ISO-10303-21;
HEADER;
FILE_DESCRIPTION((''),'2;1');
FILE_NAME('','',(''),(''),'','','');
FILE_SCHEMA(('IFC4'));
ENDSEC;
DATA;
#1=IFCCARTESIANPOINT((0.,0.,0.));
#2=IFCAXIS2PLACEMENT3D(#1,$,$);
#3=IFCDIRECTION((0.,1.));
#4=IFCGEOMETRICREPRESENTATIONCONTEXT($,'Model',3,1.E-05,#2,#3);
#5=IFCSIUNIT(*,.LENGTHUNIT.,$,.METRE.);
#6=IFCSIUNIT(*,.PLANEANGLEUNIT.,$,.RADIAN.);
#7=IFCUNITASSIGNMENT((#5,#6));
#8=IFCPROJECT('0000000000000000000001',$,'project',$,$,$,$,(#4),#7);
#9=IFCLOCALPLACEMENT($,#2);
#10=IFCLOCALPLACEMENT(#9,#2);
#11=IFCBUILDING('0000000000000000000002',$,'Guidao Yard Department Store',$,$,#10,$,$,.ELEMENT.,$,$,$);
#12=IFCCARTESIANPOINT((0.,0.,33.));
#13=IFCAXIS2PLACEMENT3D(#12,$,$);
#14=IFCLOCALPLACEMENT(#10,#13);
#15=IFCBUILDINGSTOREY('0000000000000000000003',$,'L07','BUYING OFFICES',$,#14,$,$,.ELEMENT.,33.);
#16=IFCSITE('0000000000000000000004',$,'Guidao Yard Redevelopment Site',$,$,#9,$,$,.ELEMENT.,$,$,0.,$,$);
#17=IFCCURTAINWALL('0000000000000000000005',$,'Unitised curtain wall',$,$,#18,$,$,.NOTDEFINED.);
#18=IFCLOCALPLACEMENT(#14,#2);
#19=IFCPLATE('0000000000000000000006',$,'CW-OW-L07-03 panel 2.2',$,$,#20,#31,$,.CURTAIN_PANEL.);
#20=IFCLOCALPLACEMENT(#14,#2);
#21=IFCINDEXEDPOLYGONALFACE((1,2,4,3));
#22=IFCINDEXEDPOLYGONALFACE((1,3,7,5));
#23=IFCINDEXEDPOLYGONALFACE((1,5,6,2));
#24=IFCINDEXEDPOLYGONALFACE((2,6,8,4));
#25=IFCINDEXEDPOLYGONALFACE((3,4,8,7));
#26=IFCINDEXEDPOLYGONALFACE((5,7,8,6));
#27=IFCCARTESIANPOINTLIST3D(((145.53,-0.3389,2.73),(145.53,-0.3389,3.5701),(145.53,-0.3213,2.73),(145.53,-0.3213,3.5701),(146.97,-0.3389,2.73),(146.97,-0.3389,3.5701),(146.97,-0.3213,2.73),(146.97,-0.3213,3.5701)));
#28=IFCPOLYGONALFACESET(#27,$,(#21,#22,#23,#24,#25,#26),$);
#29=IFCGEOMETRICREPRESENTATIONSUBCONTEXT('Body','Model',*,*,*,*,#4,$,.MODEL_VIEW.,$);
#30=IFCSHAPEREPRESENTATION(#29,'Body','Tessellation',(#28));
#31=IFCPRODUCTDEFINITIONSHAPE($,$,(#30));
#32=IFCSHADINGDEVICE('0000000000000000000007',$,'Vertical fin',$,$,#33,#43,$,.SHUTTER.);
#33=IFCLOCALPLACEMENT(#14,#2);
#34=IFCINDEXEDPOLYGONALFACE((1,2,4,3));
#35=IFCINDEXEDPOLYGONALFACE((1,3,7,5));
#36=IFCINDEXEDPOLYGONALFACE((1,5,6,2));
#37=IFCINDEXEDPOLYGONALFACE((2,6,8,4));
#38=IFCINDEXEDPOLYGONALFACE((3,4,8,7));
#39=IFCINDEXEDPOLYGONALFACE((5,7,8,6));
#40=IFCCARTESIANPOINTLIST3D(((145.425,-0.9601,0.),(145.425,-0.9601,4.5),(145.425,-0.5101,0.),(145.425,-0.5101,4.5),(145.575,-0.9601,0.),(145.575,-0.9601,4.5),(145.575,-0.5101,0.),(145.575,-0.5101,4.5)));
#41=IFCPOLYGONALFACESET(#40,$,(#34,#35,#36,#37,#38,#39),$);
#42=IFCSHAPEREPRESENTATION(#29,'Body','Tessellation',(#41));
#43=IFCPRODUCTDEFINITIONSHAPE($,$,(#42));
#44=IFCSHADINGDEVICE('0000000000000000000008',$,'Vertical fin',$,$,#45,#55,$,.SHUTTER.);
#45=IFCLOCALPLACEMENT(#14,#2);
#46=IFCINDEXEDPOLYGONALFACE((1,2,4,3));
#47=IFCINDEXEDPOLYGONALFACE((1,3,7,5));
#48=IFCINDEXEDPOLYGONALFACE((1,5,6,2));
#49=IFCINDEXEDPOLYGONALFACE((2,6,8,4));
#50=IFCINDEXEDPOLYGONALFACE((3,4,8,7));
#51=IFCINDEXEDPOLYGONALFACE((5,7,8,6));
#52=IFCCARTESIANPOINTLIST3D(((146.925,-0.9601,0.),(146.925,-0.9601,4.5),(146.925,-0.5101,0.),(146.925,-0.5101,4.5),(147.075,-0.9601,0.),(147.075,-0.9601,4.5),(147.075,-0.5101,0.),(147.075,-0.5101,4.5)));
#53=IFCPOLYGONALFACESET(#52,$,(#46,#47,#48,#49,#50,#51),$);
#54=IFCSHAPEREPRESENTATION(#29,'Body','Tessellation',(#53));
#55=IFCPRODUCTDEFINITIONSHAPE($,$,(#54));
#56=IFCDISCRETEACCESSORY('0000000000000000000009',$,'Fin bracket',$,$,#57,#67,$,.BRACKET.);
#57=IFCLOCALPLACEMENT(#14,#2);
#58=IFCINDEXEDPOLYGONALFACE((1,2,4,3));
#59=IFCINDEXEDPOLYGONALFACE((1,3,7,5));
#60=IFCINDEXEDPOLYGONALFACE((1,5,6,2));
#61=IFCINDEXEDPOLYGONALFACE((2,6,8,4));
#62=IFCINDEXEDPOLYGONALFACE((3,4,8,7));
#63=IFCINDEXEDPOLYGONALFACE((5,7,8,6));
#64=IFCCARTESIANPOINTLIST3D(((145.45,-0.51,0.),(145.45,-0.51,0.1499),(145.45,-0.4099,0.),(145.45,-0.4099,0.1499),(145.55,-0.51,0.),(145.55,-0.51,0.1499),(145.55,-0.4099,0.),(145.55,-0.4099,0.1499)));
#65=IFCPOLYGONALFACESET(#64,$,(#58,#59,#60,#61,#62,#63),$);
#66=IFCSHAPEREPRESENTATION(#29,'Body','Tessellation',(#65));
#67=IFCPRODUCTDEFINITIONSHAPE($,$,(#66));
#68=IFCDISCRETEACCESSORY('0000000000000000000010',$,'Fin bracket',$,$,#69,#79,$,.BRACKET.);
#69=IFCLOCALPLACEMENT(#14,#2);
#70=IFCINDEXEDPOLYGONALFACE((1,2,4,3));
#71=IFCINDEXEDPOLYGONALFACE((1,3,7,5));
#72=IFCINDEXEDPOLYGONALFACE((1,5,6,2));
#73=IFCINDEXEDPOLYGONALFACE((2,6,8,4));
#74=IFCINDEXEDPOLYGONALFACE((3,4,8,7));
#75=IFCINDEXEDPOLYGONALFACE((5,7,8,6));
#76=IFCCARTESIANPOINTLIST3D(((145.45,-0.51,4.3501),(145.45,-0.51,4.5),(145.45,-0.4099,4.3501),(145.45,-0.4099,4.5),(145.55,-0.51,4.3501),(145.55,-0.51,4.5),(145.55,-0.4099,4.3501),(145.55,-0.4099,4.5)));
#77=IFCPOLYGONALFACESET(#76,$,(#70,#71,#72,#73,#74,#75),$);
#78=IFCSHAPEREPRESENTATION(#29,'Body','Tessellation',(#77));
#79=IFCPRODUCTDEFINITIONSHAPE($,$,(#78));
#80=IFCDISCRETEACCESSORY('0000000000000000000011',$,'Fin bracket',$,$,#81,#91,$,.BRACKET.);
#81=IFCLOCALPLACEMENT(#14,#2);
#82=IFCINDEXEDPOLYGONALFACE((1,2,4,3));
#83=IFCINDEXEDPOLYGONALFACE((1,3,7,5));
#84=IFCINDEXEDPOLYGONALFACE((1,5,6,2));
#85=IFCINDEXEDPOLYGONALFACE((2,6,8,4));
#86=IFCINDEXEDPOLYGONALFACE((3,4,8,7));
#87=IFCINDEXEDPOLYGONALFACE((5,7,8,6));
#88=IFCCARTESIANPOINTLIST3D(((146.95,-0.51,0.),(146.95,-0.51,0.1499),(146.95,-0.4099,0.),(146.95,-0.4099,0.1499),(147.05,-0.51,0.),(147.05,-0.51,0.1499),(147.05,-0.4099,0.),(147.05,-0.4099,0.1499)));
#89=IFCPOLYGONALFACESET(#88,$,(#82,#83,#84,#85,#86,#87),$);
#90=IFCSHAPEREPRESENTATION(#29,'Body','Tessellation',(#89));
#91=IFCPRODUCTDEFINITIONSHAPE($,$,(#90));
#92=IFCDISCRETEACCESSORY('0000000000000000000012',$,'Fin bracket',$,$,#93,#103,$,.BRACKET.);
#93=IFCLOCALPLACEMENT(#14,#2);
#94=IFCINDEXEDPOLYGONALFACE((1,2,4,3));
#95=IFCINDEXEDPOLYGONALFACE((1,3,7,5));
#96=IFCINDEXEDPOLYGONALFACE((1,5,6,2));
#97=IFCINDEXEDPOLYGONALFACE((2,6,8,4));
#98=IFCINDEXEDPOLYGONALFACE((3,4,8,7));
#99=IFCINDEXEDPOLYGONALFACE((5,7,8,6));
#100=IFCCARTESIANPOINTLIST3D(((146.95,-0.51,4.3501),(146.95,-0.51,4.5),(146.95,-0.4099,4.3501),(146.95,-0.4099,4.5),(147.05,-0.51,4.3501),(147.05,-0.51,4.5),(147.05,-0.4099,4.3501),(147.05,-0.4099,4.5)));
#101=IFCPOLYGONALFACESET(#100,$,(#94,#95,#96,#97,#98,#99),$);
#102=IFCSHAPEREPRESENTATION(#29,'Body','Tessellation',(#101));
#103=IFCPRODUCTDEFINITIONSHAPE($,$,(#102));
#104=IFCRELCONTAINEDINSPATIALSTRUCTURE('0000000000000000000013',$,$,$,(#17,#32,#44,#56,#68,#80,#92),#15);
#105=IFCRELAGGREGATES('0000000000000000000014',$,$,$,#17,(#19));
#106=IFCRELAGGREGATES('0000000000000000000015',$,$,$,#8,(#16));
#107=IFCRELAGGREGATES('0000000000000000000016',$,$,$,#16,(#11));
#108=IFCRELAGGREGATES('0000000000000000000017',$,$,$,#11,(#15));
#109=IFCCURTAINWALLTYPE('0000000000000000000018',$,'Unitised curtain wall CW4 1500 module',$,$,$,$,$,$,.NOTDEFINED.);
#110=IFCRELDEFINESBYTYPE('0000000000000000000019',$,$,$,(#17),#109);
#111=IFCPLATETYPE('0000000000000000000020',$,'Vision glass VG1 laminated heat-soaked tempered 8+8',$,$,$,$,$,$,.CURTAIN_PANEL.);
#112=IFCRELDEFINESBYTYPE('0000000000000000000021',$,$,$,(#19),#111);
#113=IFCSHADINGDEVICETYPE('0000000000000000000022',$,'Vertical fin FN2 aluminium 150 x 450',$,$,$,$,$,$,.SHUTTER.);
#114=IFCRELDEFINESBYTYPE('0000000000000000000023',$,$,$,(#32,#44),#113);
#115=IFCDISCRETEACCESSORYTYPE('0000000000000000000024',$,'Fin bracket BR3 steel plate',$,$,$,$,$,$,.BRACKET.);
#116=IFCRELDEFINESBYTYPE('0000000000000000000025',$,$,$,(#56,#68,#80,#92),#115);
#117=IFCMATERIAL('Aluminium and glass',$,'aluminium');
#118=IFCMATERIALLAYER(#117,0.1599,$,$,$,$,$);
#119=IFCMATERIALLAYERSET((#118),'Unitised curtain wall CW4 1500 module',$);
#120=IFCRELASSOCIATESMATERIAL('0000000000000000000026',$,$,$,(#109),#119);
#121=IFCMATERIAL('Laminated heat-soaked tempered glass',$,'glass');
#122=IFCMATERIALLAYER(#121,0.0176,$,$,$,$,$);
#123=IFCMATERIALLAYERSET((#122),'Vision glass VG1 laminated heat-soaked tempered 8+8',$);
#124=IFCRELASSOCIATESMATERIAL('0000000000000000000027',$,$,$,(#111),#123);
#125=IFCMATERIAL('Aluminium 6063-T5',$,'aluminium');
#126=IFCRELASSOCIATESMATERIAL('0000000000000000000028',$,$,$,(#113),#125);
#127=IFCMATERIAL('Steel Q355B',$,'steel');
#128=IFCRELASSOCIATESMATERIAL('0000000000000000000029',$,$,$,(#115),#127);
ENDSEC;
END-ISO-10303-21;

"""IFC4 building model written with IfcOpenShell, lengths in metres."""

from ifc_helpers import new_model, si_unit, direction, frame, origin, origin_2d, place, context, subcontext, project, spatial, rectangle, extrude, material, layer, layer_set, type_object, element, aggregate, save


model = new_model("IFC4")

# Units and contexts
model_context = context("Model", 3, precision=1e-05, world=origin(), true_north=direction((0.0, 1.0)))
body_context = subcontext(model_context, "Body", "Model", "MODEL_VIEW")
ifc_project = project(units=[si_unit("LENGTHUNIT", "METRE"), si_unit("PLANEANGLEUNIT", "RADIAN")], contexts=[model_context])

# Site, building, storey
site_placement = place(None, origin())
site = spatial("IfcSite", under=ifc_project, at=site_placement, Name="Guidao Yard Redevelopment Site", CompositionType="ELEMENT", RefElevation=0.0)
building_placement = place(site_placement, origin())
building = spatial("IfcBuilding", under=site, at=building_placement, Name="Guidao Yard Department Store", CompositionType="ELEMENT")
storey_placement = place(building_placement, frame((0.0, 0.0, 33.0)))
storey = spatial("IfcBuildingStorey", under=building, at=storey_placement, Name="L07", Description="BUYING OFFICES", CompositionType="ELEMENT", Elevation=33.0)

# Shared definitions
ifc_material_1 = material(Name="Aluminium and glass", Category="aluminium")
ifc_layer_1 = layer(ifc_material_1, 0.1599)
ifc_layer_set_1 = layer_set([ifc_layer_1], Name="Unitised curtain wall CW4 1500 module")
curtain_wall_type = type_object("IfcCurtainWallType", Name="Unitised curtain wall CW4 1500 module", PredefinedType="NOTDEFINED", material=ifc_layer_set_1)

# Curtain wall, plate
curtain_wall_1_placement = place(storey_placement, origin())
curtain_wall_1 = element("IfcCurtainWall", 1, at=curtain_wall_1_placement, inside=storey, type_object=curtain_wall_type, Name="Unitised curtain wall", PredefinedType="NOTDEFINED")
ifc_material_2 = material(Name="Laminated heat-soaked tempered glass", Category="glass")
ifc_layer_2 = layer(ifc_material_2, 0.0176)
ifc_layer_set_2 = layer_set([ifc_layer_2], Name="Vision glass VG1 laminated heat-soaked tempered 8+8")
plate_type_1 = type_object("IfcPlateType", Name="Vision glass VG1 laminated heat-soaked tempered 8+8", PredefinedType="CURTAIN_PANEL", material=ifc_layer_set_2)
plate_1_placement = place(storey_placement, frame((146.25, -0.3301, 2.73), z_axis=(0.0, 0.0, 1.0), x_axis=(-1.0, 0.0, 0.0)))
plate_1 = element("IfcPlate", 2, at=plate_1_placement, type_object=plate_type_1, Name="CW-OW-L07-03 panel 2.2", PredefinedType="CURTAIN_PANEL", context=body_context, shape_type="SweptSolid", body=[
    extrude(rectangle(XDim=1.4399, YDim=0.0176, at=origin_2d()), origin(), (0.0, 0.0, 1.0), 0.8401),
])
aggregate(curtain_wall_1, [plate_1])

# Shading devices
ifc_material_3 = material(Name="Aluminium 6063-T5", Category="aluminium")
shading_device_type = type_object("IfcShadingDeviceType", Name="Vertical fin FN2 aluminium 150 x 450", PredefinedType="SHUTTER", material=ifc_material_3)
for number, where, z_axis, x_axis, name in (
    (3, (145.5, -0.7351, 0.0), (0.0, 0.0, 1.0), (-1.0, 0.0, 0.0), "Vertical fin"),
    (4, (147.0, -0.7351, 0.0), (0.0, 0.0, 1.0), (-1.0, 0.0, 0.0), "Vertical fin"),
):
    element("IfcShadingDevice", number, at=place(storey_placement, frame(where, z_axis=z_axis, x_axis=x_axis)), inside=storey, type_object=shading_device_type, Name=name, PredefinedType="SHUTTER", context=body_context, shape_type="SweptSolid", body=[
        extrude(rectangle(XDim=0.1499, YDim=0.45, at=origin_2d()), origin(), (0.0, 0.0, 1.0), 4.5),
    ])

# Discrete accessories
ifc_material_4 = material(Name="Steel Q355B", Category="steel")
discrete_accessory_type = type_object("IfcDiscreteAccessoryType", Name="Fin bracket BR3 steel plate", PredefinedType="BRACKET", material=ifc_material_4)
for number, where, z_axis, x_axis, name in (
    (5, (145.5, -0.46, 0.0), (0.0, 0.0, 1.0), (-1.0, 0.0, 0.0), "Fin bracket"),
    (6, (145.5, -0.46, 4.3501), (0.0, 0.0, 1.0), (-1.0, 0.0, 0.0), "Fin bracket"),
    (7, (147.0, -0.46, 0.0), (0.0, 0.0, 1.0), (-1.0, 0.0, 0.0), "Fin bracket"),
    (8, (147.0, -0.46, 4.3501), (0.0, 0.0, 1.0), (-1.0, 0.0, 0.0), "Fin bracket"),
):
    element("IfcDiscreteAccessory", number, at=place(storey_placement, frame(where, z_axis=z_axis, x_axis=x_axis)), inside=storey, type_object=discrete_accessory_type, Name=name, PredefinedType="BRACKET", context=body_context, shape_type="SweptSolid", body=[
        extrude(rectangle(XDim=0.1001, YDim=0.1001, at=origin_2d()), origin(), (0.0, 0.0, 1.0), 0.1499),
    ])

save(model, "model.ifc")
